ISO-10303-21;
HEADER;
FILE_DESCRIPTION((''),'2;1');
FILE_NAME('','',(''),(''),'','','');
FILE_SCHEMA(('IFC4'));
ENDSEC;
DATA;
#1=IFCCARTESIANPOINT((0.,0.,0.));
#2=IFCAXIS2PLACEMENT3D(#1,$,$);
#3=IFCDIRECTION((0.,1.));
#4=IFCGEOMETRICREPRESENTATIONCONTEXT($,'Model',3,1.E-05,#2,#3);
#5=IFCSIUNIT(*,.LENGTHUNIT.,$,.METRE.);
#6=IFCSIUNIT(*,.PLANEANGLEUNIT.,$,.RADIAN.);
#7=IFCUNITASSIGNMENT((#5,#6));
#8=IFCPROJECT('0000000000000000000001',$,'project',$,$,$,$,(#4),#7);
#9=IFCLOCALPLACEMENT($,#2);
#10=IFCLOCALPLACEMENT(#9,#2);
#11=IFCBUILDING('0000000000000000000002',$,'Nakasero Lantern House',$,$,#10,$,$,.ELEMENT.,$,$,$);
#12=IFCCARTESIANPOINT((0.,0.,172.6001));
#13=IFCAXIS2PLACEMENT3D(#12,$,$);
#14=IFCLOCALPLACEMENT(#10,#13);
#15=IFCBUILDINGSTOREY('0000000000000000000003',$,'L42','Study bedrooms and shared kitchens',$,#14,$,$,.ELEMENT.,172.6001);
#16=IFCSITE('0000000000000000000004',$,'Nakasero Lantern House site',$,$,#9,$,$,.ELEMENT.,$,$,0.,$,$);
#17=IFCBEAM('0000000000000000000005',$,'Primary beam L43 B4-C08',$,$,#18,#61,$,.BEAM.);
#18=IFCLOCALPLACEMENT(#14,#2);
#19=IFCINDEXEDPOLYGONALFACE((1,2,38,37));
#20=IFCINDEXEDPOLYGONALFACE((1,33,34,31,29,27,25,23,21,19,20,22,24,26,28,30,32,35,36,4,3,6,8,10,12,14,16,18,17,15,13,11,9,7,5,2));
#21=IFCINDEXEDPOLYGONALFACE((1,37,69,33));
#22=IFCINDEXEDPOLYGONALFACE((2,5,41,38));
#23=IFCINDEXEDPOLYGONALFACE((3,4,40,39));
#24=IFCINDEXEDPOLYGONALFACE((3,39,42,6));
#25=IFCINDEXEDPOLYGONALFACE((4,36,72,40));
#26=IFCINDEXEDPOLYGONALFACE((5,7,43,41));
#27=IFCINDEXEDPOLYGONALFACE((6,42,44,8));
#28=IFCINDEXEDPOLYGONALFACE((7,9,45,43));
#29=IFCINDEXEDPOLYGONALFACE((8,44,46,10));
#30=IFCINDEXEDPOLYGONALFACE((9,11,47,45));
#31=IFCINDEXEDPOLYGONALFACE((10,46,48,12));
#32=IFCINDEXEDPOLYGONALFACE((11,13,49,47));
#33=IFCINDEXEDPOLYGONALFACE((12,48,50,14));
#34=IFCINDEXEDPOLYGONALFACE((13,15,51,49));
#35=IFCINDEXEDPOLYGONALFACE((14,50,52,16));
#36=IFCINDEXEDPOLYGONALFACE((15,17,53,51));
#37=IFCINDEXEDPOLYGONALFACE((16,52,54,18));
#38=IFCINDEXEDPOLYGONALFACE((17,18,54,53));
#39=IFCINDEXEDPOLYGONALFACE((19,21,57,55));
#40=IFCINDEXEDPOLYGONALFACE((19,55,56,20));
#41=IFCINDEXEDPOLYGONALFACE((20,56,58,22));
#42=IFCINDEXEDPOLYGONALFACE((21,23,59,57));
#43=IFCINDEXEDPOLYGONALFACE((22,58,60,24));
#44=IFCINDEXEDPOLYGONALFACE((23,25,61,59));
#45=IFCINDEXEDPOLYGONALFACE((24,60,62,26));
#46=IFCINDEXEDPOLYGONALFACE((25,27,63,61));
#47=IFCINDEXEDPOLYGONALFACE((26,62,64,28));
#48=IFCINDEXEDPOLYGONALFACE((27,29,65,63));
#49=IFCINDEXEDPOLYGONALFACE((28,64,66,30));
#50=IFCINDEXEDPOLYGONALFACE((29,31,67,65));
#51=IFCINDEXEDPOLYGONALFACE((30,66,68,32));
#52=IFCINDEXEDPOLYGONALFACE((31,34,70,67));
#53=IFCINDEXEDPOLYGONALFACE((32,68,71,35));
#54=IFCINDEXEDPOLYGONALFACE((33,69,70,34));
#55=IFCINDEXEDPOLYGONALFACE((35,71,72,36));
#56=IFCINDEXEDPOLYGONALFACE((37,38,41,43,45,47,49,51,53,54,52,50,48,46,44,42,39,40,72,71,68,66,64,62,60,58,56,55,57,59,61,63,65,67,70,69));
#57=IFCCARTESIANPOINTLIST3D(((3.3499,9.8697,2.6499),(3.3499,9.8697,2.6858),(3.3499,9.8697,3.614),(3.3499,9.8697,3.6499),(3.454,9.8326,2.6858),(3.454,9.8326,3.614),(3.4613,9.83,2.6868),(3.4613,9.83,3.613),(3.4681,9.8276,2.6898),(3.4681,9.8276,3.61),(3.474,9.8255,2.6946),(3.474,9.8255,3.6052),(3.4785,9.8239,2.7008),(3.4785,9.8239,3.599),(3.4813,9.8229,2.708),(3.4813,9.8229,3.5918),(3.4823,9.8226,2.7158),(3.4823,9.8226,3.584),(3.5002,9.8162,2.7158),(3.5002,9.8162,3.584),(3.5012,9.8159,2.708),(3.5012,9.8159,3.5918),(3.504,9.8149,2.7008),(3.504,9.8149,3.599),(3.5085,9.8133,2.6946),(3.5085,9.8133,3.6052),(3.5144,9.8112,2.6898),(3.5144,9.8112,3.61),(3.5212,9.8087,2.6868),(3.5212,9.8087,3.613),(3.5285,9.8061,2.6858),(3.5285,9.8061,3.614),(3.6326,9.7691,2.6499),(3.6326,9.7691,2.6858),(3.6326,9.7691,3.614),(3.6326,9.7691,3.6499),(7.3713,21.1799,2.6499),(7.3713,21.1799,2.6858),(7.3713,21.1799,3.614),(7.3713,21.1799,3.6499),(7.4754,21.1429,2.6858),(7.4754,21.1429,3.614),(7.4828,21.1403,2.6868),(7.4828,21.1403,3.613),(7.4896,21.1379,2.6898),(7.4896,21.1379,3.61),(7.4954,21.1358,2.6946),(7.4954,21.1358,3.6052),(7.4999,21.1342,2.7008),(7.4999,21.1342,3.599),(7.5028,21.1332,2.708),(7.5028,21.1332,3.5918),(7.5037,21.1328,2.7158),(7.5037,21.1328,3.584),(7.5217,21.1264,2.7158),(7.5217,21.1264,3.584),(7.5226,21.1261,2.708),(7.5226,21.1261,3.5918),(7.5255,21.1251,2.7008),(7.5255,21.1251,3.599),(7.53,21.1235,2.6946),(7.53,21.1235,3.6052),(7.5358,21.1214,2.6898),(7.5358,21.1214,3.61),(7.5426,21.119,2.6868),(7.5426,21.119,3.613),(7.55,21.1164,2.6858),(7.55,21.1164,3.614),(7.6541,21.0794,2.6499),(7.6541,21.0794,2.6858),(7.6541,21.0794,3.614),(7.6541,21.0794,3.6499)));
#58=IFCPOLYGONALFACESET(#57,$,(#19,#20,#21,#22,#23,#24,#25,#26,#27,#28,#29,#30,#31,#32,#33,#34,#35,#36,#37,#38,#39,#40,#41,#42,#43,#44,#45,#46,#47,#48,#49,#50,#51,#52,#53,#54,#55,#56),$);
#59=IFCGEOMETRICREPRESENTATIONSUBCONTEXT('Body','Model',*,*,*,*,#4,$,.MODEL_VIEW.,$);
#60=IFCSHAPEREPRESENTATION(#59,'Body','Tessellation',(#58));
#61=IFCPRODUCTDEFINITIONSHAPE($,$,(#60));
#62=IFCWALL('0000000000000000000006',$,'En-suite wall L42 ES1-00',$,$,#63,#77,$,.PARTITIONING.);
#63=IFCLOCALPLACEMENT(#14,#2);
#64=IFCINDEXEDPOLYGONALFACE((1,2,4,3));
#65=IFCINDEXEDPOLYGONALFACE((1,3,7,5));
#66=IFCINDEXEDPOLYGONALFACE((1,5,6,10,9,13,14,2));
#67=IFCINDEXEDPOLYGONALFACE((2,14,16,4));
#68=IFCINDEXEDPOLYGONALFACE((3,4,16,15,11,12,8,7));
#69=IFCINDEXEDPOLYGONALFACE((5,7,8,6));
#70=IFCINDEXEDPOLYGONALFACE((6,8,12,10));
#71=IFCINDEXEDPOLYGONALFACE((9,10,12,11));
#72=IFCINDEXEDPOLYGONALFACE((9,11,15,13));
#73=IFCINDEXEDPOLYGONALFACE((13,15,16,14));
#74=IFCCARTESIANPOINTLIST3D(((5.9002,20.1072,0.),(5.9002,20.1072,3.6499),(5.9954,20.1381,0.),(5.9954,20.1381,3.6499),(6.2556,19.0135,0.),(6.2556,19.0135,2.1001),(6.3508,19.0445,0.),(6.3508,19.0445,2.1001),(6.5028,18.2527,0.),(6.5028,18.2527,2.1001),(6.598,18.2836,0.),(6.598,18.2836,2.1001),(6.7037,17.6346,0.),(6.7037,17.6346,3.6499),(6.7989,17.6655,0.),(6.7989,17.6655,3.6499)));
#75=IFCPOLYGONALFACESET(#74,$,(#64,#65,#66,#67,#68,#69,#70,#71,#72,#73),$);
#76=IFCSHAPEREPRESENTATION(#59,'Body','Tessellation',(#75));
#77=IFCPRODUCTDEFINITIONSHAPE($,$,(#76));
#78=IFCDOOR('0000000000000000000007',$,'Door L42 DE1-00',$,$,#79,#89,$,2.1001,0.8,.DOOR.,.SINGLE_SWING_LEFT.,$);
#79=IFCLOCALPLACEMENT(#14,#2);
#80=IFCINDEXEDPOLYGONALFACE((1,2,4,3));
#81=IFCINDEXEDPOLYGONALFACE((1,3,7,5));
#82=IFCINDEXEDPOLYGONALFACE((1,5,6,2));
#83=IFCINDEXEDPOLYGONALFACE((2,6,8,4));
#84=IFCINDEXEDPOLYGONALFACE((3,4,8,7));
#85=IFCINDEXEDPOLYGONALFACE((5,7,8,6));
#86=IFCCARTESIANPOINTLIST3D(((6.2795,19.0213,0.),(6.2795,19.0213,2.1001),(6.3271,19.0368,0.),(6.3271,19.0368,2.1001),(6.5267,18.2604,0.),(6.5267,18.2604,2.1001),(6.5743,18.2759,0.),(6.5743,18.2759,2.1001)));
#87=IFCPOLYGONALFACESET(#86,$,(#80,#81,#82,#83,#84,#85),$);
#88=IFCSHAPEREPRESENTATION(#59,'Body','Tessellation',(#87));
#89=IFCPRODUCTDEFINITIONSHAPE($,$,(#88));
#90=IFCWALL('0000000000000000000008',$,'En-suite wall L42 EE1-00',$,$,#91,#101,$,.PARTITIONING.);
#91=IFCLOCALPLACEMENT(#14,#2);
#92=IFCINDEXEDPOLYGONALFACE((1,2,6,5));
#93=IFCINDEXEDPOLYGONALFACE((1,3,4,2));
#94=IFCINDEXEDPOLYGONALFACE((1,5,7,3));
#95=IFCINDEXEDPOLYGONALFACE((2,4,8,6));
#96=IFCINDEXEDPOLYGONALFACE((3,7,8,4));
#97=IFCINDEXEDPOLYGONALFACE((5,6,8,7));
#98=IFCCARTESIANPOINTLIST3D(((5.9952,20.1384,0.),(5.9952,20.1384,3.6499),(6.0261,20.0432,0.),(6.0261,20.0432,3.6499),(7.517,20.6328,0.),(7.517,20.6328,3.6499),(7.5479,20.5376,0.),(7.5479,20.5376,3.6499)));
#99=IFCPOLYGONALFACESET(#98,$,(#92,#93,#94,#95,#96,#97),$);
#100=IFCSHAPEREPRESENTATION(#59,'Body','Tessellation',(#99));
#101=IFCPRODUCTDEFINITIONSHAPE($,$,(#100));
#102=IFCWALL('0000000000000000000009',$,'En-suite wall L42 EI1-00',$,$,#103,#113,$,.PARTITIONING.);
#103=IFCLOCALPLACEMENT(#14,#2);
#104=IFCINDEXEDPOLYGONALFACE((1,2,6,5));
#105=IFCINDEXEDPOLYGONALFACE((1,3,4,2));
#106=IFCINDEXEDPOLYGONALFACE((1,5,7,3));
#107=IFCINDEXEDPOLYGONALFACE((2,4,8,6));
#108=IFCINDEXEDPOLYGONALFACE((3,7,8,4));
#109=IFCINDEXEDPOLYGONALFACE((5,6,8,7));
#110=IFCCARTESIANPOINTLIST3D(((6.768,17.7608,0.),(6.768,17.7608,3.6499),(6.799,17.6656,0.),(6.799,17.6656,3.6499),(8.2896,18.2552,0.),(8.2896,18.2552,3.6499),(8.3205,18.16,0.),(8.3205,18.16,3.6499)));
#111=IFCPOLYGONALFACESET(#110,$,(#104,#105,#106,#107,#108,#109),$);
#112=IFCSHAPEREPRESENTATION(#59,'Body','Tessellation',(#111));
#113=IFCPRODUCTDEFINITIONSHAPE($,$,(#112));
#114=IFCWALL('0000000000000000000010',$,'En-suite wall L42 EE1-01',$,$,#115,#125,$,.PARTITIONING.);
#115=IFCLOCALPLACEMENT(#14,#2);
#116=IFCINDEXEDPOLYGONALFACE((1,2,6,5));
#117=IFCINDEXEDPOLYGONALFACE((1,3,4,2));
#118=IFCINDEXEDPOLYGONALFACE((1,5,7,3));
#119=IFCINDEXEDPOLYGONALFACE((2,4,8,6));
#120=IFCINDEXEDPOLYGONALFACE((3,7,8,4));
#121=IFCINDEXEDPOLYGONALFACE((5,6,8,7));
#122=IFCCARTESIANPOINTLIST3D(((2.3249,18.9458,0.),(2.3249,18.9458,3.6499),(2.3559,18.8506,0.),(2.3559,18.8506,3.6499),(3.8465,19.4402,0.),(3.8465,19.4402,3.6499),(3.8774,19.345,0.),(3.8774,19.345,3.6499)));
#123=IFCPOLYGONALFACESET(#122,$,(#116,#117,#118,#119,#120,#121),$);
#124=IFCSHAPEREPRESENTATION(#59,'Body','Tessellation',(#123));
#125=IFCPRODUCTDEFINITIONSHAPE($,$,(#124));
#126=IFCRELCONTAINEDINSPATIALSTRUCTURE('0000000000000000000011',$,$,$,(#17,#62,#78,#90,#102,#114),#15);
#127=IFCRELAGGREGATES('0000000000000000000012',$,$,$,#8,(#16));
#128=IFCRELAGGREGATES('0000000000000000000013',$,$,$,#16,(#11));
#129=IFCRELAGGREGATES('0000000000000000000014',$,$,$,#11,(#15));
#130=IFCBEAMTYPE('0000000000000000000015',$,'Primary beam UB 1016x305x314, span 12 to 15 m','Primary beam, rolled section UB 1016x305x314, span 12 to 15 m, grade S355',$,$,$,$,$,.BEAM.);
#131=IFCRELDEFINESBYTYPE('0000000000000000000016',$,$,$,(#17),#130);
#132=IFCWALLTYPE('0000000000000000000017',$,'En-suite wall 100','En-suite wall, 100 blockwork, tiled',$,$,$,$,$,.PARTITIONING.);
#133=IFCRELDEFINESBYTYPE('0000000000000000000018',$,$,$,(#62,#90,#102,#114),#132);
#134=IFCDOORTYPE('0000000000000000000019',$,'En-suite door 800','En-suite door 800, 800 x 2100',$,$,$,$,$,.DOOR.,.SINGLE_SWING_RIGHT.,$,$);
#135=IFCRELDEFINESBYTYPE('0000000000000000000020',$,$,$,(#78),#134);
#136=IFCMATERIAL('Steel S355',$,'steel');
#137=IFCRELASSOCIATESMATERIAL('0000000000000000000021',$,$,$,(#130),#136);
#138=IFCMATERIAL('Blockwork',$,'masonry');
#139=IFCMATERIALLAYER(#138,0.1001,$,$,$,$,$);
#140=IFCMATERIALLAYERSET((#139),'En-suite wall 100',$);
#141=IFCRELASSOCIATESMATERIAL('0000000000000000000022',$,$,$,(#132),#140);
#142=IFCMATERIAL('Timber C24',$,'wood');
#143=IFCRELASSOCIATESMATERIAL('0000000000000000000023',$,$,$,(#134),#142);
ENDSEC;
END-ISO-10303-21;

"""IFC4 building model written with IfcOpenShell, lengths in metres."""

from ifc_helpers import new_model, si_unit, direction, frame, frame_2d, origin, origin_2d, place, context, subcontext, project, spatial, rectangle, i_section, extrude, material, layer, layer_set, material_profile, profile_set, type_object, element, fill, save


model = new_model("IFC4")

# Units and contexts
model_context = context("Model", 3, precision=1e-05, world=origin(), true_north=direction((0.0, 1.0)))
body_context = subcontext(model_context, "Body", "Model", "MODEL_VIEW")
ifc_project = project(units=[si_unit("LENGTHUNIT", "METRE"), si_unit("PLANEANGLEUNIT", "RADIAN")], contexts=[model_context])

# Site, building, storey
site_placement = place(None, origin())
site = spatial("IfcSite", under=ifc_project, at=site_placement, Name="Nakasero Lantern House site", CompositionType="ELEMENT", RefElevation=0.0)
building_placement = place(site_placement, origin())
building = spatial("IfcBuilding", under=site, at=building_placement, Name="Nakasero Lantern House", CompositionType="ELEMENT")
storey_placement = place(building_placement, frame((0.0, 0.0, 172.6001)))
storey = spatial("IfcBuildingStorey", under=building, at=storey_placement, Name="L42", Description="Study bedrooms and shared kitchens", CompositionType="ELEMENT", Elevation=172.6001)

# Beam
ifc_material_1 = material(Name="Steel S355", Category="steel")
ifc_material_profile_1 = material_profile(ifc_material_1, i_section(OverallWidth=0.3, OverallDepth=1.0, WebThickness=0.019, FlangeThickness=0.0359, FilletRadius=0.03, at=origin_2d()), Name="UB 1016x305x314")
ifc_profile_set_1 = profile_set([ifc_material_profile_1], Name="Steel S355")
beam_type_1 = type_object("IfcBeamType", Name="Primary beam UB 1016x305x314, span 12 to 15 m", Description="Primary beam, rolled section UB 1016x305x314, span 12 to 15 m, grade S355", PredefinedType="BEAM", material=ifc_profile_set_1)
beam_1_placement = place(storey_placement, frame((7.5127, 21.1296, 3.1499), z_axis=(-0.335013, -0.942214, 0.0), x_axis=(0.942214, -0.335013, 0.0)))
element("IfcBeam", 1, at=beam_1_placement, inside=storey, type_object=beam_type_1, Name="Primary beam L43 B4-C08", PredefinedType="BEAM", context=body_context, shape_type="SweptSolid", body=[
    extrude(i_section(OverallWidth=0.3, OverallDepth=1.0, WebThickness=0.019, FlangeThickness=0.0359, FilletRadius=0.03, at=origin_2d()), origin(), (0.0, 0.0, 1.0), 12.0039),
])

# Wall, opening, door
ifc_material_2 = material(Name="Blockwork", Category="masonry")
ifc_layer_1 = layer(ifc_material_2, 0.1001)
ifc_layer_set_1 = layer_set([ifc_layer_1], Name="En-suite wall 100")
wall_type_1 = type_object("IfcWallType", Name="En-suite wall 100", Description="En-suite wall, 100 blockwork, tiled", PredefinedType="PARTITIONING", material=ifc_layer_set_1)
wall_1_placement = place(storey_placement, frame((6.7512, 17.6501, 0.0), z_axis=(0.0, 0.0, 1.0), x_axis=(-0.309035, 0.951051, 0.0)))
wall_1 = element("IfcWall", 2, at=wall_1_placement, inside=storey, type_object=wall_type_1, Name="En-suite wall L42 ES1-00", PredefinedType="PARTITIONING", context=body_context, shape_type="SweptSolid", body=[
    extrude(rectangle(XDim=2.5999, YDim=0.1001, at=frame_2d((1.2998, 0.0))), origin(), (0.0, 0.0, 1.0), 3.6499),
])
opening_1_placement = place(wall_1_placement, frame((0.6499, 0.0, 0.0)))
opening_1 = element("IfcOpeningElement", 3, at=opening_1_placement, cuts=wall_1, PredefinedType="OPENING", context=body_context, shape_type="SweptSolid", body=[
    extrude(rectangle(XDim=0.8, YDim=2.1001, at=frame_2d((0.3999, 1.05))), frame((0.0, 0.0701, 0.0), z_axis=(0.0, -1.0, 0.0), x_axis=(1.0, 0.0, 0.0)), (0.0, 0.0, 1.0), 0.1401),
])
ifc_material_3 = material(Name="Timber C24", Category="wood")
door_type_1 = type_object("IfcDoorType", Name="En-suite door 800", Description="En-suite door 800, 800 x 2100", OperationType="SINGLE_SWING_RIGHT", PredefinedType="DOOR", material=ifc_material_3)
door_1_placement = place(opening_1_placement, origin())
door_1 = element("IfcDoor", 4, at=door_1_placement, inside=storey, type_object=door_type_1, Name="Door L42 DE1-00", OperationType="SINGLE_SWING_LEFT", OverallHeight=2.1001, OverallWidth=0.8, PredefinedType="DOOR", context=body_context, shape_type="SweptSolid", body=[
    extrude(rectangle(XDim=0.8, YDim=2.1001, at=frame_2d((0.3999, 1.05))), frame((0.0, 0.0249, 0.0), z_axis=(0.0, -1.0, 0.0), x_axis=(1.0, 0.0, 0.0)), (0.0, 0.0, 1.0), 0.05),
])
fill(opening_1, door_1)

# Walls
wall_2_placement = place(storey_placement, frame((7.5325, 20.5852, 0.0), z_axis=(0.0, 0.0, 1.0), x_axis=(-0.951067, -0.308986, 0.0)))
element("IfcWall", 5, at=wall_2_placement, inside=storey, type_object=wall_type_1, Name="En-suite wall L42 EE1-00", PredefinedType="PARTITIONING", context=body_context, shape_type="SweptSolid", body=[
    extrude(rectangle(XDim=1.6001, YDim=0.1001, at=frame_2d((0.8, 0.0))), origin(), (0.0, 0.0, 1.0), 3.6499),
])
for number, where, z_axis, x_axis, name in (
    (6, (8.3049, 18.2075, 0.0), (0.0, 0.0, 1.0), (-0.951052, -0.309031, 0.0), "En-suite wall L42 EI1-00"),
    (7, (3.8618, 19.3926, 0.0), (0.0, 0.0, 1.0), (-0.951052, -0.309031, 0.0), "En-suite wall L42 EE1-01"),
):
    element("IfcWall", number, at=place(storey_placement, frame(where, z_axis=z_axis, x_axis=x_axis)), inside=storey, type_object=wall_type_1, Name=name, PredefinedType="PARTITIONING", context=body_context, shape_type="SweptSolid", body=[
        extrude(rectangle(XDim=1.5999, YDim=0.1001, at=frame_2d((0.7998, 0.0))), origin(), (0.0, 0.0, 1.0), 3.6499),
    ])

save(model, "model.ifc")
